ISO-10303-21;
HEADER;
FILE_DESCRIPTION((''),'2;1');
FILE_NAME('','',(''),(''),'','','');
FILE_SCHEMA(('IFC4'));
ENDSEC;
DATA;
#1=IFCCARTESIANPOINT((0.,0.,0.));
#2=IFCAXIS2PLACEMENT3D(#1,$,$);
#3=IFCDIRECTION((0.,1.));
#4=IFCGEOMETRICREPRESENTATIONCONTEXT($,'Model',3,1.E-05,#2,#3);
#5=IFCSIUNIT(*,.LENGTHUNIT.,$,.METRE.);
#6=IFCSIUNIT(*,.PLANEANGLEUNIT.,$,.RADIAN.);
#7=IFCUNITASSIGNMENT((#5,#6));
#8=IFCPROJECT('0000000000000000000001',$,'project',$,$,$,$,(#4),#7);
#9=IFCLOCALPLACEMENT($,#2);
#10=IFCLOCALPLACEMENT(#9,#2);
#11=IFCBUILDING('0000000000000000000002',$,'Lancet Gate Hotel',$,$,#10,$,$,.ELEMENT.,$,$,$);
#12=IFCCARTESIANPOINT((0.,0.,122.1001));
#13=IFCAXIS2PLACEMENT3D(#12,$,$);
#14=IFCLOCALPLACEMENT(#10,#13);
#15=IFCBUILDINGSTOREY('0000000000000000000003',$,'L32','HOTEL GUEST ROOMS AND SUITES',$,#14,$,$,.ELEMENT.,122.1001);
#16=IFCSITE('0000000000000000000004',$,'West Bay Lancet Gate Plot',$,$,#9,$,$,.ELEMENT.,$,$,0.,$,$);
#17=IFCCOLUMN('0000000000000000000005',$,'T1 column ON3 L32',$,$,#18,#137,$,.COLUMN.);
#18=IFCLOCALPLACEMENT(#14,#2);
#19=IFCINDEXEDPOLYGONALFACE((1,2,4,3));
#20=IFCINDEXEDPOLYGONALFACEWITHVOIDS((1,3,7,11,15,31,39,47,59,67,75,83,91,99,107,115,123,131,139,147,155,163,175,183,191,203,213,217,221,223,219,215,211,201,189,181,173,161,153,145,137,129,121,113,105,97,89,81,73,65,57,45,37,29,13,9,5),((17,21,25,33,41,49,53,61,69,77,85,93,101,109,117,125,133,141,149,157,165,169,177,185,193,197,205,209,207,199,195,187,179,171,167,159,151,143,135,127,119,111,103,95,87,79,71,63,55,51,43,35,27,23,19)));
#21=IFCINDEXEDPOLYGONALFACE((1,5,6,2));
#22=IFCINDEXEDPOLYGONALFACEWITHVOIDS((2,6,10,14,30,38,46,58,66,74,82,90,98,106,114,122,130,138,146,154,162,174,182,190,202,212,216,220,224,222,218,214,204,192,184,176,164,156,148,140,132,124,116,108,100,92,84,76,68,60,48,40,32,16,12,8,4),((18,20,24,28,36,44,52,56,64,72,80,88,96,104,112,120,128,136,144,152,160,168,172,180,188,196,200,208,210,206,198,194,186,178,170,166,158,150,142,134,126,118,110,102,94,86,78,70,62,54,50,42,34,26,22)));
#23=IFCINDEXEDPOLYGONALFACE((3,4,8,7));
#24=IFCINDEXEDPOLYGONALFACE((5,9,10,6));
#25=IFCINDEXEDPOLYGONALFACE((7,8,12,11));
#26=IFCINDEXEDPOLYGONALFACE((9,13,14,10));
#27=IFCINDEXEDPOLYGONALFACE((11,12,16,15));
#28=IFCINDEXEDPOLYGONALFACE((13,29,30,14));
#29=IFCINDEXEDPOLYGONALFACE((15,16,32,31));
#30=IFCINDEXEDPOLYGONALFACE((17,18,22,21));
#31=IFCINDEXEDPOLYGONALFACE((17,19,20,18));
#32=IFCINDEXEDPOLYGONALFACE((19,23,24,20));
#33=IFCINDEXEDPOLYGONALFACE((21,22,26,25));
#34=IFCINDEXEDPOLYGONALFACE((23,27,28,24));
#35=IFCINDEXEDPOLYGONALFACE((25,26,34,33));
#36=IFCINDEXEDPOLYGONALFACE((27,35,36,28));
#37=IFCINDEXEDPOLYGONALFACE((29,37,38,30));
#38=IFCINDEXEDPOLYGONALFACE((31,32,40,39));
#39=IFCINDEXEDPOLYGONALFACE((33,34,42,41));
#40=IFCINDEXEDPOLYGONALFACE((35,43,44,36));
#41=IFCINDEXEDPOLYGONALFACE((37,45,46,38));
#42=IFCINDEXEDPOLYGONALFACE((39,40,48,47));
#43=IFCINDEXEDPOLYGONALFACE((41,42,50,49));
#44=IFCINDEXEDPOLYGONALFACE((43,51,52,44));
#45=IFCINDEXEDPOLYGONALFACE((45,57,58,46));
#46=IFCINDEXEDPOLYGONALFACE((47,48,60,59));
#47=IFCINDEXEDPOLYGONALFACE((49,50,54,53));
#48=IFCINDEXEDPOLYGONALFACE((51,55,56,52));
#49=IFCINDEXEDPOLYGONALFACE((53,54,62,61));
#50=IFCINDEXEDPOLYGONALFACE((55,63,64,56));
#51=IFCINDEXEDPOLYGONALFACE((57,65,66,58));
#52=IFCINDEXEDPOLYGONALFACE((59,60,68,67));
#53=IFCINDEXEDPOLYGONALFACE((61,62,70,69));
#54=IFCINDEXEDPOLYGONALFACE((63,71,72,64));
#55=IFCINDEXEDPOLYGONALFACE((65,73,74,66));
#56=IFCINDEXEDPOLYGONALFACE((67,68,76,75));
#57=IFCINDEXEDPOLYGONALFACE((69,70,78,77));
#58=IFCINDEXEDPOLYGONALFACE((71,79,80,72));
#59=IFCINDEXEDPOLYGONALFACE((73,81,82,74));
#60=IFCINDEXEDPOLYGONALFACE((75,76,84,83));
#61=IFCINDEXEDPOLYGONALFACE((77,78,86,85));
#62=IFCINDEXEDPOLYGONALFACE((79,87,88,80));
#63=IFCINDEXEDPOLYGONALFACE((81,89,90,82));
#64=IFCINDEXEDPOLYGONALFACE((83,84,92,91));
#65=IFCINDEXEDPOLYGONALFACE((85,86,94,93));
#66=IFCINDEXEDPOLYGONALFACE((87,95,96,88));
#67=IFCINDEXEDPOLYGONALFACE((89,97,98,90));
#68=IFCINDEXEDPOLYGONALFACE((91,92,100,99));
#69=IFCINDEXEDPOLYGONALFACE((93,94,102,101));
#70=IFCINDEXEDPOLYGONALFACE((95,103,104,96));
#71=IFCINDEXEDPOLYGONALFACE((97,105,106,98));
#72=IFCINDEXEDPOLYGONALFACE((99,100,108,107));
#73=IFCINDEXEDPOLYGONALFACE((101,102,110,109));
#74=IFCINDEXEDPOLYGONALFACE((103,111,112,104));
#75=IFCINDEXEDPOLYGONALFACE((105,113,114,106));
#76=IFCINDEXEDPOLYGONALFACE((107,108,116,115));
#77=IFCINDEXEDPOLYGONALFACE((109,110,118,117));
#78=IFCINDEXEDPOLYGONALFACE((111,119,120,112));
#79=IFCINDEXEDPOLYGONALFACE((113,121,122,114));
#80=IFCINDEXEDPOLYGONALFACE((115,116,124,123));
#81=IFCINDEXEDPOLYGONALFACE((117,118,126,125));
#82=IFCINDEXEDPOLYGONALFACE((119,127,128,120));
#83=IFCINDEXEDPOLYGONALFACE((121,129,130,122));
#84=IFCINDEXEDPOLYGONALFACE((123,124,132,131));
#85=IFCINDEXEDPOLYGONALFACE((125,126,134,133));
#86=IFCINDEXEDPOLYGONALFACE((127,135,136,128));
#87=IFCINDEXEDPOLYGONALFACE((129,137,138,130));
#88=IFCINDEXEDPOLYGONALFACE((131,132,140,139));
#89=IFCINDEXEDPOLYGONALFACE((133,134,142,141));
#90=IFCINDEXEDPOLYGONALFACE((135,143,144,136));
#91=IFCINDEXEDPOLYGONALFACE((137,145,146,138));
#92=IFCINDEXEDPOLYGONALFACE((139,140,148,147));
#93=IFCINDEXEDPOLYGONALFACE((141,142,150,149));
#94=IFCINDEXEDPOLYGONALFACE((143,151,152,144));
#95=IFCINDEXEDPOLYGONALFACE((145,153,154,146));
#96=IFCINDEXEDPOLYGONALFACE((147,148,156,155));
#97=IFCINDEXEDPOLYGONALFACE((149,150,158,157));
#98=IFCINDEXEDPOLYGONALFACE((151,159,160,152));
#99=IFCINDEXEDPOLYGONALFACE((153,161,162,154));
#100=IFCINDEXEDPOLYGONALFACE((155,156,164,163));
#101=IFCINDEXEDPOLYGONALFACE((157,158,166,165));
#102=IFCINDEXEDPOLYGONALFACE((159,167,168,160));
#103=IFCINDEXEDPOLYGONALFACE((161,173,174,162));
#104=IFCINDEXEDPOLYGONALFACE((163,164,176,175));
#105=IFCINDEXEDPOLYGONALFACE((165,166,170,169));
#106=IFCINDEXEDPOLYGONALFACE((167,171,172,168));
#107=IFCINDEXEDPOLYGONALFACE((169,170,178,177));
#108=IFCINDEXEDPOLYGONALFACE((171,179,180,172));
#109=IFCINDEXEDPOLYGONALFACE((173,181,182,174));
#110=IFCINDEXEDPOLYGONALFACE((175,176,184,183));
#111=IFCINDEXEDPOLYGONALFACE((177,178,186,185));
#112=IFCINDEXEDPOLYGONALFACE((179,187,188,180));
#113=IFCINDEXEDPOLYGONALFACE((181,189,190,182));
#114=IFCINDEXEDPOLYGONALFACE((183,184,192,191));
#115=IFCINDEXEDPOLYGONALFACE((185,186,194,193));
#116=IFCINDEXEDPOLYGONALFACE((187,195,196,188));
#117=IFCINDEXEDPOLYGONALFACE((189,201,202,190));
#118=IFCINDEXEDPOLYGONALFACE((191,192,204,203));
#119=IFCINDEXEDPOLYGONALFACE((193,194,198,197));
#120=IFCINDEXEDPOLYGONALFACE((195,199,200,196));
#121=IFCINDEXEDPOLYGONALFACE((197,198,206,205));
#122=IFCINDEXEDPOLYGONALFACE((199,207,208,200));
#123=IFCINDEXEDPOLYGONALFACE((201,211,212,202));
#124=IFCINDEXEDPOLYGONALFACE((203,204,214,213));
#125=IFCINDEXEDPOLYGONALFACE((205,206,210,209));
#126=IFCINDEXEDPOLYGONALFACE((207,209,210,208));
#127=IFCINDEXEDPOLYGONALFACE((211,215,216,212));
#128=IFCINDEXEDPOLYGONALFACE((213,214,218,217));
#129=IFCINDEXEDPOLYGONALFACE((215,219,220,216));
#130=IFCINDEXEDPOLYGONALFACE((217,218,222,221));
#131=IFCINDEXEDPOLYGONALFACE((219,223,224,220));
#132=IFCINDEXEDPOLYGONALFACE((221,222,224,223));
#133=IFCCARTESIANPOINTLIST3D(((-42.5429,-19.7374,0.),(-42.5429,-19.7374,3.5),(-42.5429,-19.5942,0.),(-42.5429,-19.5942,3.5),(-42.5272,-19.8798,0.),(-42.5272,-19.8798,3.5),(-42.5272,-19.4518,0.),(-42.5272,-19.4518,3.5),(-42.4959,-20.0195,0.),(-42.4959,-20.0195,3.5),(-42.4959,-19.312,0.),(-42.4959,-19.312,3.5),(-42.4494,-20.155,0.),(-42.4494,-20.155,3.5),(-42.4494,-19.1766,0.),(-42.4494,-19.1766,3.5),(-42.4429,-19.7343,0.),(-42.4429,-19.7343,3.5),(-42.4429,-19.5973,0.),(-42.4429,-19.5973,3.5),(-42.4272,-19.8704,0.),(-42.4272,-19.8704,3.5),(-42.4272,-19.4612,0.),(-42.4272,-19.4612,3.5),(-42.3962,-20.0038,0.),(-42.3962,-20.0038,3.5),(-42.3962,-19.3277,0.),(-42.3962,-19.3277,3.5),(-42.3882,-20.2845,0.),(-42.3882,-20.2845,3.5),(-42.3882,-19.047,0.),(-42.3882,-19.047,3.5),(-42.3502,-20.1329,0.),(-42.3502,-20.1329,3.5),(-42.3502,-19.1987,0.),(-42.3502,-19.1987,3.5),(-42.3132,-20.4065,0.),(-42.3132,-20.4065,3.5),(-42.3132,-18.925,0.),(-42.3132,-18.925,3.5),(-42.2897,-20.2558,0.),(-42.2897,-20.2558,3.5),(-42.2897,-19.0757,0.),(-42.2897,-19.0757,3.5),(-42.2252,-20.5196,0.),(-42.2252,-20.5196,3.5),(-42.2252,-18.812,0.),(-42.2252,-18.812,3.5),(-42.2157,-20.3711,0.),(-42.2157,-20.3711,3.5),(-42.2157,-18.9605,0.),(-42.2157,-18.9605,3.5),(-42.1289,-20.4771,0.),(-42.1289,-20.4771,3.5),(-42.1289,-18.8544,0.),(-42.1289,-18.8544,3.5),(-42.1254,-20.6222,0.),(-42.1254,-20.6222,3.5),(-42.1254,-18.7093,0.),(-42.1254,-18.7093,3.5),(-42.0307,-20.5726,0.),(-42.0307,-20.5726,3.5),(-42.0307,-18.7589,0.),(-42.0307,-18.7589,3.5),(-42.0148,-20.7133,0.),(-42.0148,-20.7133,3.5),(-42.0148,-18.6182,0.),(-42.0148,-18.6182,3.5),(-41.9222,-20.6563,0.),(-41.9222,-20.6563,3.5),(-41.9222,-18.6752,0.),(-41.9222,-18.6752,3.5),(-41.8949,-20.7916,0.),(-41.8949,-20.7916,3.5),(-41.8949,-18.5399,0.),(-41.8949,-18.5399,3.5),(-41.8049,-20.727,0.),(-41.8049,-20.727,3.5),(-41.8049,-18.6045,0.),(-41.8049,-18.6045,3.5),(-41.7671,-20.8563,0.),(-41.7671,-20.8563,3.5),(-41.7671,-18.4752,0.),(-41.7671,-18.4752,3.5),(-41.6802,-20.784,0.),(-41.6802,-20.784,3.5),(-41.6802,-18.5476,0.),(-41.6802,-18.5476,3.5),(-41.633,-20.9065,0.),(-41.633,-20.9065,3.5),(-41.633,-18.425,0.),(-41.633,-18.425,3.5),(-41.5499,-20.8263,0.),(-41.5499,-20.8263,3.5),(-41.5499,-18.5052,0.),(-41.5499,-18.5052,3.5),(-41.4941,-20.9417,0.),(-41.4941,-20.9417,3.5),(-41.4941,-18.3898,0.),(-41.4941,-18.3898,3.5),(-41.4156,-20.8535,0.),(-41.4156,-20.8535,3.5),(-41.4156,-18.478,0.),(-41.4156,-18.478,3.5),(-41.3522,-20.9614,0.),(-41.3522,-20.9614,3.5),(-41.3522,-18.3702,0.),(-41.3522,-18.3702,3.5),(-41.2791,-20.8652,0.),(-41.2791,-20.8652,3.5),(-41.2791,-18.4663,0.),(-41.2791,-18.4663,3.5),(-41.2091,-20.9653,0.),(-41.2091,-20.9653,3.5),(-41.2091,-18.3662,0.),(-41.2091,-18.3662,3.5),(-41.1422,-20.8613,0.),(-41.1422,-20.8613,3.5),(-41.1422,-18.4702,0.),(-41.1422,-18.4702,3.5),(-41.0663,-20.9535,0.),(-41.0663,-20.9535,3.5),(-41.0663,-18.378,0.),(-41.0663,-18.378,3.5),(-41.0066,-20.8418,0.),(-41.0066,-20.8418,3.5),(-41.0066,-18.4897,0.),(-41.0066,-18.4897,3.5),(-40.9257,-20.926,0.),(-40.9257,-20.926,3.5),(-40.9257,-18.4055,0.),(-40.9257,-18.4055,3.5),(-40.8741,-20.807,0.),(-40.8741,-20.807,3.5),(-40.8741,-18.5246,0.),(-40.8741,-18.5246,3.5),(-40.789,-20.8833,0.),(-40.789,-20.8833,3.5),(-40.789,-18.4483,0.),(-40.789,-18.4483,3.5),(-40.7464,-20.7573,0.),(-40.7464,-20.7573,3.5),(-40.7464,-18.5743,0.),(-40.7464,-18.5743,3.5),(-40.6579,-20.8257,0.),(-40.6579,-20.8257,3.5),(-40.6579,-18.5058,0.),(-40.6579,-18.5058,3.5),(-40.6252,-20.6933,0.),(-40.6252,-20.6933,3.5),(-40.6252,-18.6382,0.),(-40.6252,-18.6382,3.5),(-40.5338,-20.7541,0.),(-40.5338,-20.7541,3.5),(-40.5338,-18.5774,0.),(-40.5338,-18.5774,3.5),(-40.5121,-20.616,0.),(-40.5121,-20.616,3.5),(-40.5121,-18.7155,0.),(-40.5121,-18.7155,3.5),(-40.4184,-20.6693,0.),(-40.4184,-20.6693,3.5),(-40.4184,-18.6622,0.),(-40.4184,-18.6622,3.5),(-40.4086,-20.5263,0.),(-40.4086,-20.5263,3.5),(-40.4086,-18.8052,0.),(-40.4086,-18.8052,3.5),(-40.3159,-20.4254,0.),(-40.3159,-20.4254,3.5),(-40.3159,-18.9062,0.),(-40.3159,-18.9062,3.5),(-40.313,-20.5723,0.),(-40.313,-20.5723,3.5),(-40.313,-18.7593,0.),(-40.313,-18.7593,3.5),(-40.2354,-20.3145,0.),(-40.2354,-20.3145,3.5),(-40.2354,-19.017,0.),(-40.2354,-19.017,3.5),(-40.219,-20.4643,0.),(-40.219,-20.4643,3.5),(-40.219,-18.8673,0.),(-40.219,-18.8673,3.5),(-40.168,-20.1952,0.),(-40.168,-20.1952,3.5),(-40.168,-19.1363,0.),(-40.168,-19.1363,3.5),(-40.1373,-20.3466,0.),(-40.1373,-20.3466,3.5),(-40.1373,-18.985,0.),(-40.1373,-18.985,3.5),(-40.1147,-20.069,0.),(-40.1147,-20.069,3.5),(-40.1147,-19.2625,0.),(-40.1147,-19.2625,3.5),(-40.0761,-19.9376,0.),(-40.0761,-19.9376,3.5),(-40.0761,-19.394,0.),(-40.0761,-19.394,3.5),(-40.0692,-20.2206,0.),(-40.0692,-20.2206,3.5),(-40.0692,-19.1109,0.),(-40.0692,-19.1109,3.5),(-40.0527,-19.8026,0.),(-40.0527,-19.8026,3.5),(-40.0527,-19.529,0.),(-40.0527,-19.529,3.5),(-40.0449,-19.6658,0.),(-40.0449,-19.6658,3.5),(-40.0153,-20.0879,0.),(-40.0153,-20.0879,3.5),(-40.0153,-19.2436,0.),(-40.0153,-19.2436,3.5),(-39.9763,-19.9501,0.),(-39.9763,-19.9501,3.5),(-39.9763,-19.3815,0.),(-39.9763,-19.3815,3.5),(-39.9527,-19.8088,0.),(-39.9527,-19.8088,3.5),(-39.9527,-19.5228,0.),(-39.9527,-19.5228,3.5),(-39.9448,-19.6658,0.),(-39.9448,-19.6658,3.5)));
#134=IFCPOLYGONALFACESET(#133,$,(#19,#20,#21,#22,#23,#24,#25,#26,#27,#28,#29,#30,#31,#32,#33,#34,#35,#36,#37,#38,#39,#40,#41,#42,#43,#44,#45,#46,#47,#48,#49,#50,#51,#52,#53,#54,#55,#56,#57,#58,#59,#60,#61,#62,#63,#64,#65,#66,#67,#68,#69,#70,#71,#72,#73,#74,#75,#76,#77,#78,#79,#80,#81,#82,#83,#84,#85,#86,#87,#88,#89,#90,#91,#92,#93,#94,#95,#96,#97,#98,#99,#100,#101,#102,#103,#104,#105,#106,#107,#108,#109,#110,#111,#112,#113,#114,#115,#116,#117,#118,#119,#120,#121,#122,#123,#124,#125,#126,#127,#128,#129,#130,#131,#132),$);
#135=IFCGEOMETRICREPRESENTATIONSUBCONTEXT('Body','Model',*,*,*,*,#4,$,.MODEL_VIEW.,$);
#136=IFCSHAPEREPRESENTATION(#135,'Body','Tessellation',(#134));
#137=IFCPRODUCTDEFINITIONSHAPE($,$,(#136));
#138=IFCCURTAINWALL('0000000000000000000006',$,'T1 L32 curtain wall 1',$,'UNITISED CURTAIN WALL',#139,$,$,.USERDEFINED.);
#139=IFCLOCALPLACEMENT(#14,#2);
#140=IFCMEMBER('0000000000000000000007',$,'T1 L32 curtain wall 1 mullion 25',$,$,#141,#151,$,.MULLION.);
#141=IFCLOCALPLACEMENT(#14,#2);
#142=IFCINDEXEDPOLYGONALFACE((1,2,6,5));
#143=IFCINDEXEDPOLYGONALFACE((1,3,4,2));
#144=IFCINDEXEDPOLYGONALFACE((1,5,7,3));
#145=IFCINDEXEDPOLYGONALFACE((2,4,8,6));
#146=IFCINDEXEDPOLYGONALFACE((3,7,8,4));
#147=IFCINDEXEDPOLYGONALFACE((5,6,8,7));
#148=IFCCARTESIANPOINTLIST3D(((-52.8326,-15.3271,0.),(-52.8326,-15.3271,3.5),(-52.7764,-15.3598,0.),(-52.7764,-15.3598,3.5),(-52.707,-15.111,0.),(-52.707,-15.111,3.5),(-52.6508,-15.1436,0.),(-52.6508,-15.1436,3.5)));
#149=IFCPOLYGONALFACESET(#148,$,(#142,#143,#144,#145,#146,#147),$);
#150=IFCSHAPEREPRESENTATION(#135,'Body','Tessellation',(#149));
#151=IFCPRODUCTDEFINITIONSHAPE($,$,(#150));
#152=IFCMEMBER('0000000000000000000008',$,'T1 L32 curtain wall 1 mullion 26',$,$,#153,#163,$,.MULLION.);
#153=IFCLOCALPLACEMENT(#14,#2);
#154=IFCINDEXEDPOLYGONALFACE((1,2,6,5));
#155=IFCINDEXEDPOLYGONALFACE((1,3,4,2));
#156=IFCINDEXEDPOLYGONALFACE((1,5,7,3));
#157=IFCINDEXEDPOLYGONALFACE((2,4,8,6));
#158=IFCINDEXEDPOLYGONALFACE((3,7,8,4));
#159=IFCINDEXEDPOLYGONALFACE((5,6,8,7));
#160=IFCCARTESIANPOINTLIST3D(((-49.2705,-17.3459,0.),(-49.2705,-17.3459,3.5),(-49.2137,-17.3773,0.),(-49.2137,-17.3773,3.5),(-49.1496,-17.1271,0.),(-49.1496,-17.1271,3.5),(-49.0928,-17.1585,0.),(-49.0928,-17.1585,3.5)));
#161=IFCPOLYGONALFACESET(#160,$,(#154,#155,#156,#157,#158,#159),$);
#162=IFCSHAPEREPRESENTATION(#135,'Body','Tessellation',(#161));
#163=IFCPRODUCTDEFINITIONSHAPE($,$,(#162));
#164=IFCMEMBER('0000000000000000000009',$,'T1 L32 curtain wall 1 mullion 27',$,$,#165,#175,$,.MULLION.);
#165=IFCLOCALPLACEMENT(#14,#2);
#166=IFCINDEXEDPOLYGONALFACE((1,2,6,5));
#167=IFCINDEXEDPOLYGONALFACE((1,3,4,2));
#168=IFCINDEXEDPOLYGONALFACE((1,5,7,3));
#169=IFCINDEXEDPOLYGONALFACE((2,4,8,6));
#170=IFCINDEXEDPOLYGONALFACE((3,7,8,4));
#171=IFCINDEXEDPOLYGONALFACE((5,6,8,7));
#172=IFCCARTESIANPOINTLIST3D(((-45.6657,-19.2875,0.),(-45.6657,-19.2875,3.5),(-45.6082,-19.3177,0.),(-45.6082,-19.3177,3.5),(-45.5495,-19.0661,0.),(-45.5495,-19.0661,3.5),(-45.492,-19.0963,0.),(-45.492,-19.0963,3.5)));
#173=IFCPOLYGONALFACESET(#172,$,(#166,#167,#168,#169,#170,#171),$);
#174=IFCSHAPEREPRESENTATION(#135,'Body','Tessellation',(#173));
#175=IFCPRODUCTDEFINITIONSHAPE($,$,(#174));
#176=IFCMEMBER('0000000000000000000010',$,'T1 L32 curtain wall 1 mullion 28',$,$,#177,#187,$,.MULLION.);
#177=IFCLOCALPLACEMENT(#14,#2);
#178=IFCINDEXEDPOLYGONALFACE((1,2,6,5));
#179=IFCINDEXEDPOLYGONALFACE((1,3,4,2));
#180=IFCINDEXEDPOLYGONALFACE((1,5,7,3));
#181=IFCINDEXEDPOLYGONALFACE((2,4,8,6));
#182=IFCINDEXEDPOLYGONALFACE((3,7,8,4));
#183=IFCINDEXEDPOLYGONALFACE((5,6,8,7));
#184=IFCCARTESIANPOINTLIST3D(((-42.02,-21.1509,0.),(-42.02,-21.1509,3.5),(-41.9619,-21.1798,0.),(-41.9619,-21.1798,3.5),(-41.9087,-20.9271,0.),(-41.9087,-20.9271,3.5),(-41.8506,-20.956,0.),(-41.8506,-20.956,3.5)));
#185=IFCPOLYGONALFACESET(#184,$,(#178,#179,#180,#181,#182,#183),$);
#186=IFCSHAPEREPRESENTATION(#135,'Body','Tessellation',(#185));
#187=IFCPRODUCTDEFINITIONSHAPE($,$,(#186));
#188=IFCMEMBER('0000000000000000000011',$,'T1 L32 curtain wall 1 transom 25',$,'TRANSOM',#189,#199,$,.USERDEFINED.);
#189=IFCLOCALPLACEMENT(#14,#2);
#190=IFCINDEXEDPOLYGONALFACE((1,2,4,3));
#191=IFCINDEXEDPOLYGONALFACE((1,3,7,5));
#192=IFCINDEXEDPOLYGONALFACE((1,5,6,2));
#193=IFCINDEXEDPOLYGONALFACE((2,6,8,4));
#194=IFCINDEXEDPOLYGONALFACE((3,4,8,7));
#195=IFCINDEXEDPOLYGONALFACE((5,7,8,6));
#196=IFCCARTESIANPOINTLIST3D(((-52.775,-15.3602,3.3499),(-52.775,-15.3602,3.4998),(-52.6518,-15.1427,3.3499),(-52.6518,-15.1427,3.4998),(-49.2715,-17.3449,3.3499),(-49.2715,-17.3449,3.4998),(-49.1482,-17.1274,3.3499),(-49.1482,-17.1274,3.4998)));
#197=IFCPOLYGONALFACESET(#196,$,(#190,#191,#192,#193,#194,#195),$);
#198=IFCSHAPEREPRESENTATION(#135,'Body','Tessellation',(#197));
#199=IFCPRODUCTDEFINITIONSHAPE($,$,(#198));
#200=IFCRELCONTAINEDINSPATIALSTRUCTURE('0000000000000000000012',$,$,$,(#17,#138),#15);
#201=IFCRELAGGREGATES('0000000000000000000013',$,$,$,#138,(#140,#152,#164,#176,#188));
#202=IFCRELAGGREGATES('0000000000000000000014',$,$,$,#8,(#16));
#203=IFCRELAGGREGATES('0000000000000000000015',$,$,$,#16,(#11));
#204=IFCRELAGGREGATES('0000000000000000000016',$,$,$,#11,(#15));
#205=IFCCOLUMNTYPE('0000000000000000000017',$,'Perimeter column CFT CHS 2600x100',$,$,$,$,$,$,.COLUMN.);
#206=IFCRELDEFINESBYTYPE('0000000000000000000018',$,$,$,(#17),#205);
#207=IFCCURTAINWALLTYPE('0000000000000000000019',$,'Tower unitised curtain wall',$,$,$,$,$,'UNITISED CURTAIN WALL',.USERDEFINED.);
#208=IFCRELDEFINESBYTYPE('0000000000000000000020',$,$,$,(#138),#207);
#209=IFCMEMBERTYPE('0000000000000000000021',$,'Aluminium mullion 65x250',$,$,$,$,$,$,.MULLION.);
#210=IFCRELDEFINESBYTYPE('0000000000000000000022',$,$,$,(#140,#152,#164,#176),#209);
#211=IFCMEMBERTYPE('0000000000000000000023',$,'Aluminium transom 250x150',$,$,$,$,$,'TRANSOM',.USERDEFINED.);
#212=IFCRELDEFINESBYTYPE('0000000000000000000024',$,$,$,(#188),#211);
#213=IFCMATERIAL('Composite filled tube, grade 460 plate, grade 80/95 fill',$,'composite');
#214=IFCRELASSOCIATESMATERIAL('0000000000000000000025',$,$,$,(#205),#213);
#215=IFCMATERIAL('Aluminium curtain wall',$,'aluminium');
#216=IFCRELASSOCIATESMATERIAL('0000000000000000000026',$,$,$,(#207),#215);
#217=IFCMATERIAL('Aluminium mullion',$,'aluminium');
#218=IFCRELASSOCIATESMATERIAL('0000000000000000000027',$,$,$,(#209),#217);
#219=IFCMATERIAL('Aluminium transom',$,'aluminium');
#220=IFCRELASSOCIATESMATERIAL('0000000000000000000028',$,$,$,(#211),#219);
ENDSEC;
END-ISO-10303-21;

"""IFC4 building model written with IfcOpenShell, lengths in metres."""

from ifc_helpers import new_model, si_unit, direction, frame, origin, origin_2d, place, context, subcontext, project, spatial, rectangle, hollow_circle, extrude, material, material_profile, profile_set, type_object, element, aggregate, save


model = new_model("IFC4")

# Units and contexts
model_context = context("Model", 3, precision=1e-05, world=origin(), true_north=direction((0.0, 1.0)))
body_context = subcontext(model_context, "Body", "Model", "MODEL_VIEW")
ifc_project = project(units=[si_unit("LENGTHUNIT", "METRE"), si_unit("PLANEANGLEUNIT", "RADIAN")], contexts=[model_context])

# Site, building, storey
site_placement = place(None, origin())
site = spatial("IfcSite", under=ifc_project, at=site_placement, Name="West Bay Lancet Gate Plot", CompositionType="ELEMENT", RefElevation=0.0)
building_placement = place(site_placement, origin())
building = spatial("IfcBuilding", under=site, at=building_placement, Name="Lancet Gate Hotel", CompositionType="ELEMENT")
storey_placement = place(building_placement, frame((0.0, 0.0, 122.1001)))
storey = spatial("IfcBuildingStorey", under=building, at=storey_placement, Name="L32", Description="HOTEL GUEST ROOMS AND SUITES", CompositionType="ELEMENT", Elevation=122.1001)

# Column
ifc_material_1 = material(Name="Composite filled tube, grade 460 plate, grade 80/95 fill", Category="composite")
ifc_material_profile_1 = material_profile(ifc_material_1, hollow_circle(Radius=1.3, WallThickness=0.1001, at=origin_2d()), Name="CHS 2600x100")
ifc_profile_set_1 = profile_set([ifc_material_profile_1], Name="Composite filled tube, grade 460 plate, grade 80/95 fill")
column_type = type_object("IfcColumnType", Name="Perimeter column CFT CHS 2600x100", PredefinedType="COLUMN", material=ifc_profile_set_1)
for number, where, z_axis, x_axis, name in (
    (1, (-41.2449, -19.6658, 0.0), (0.0, 0.0, 1.0), (1.0, 0.0, 0.0), "T1 column ON3 L32"),
):
    element("IfcColumn", number, at=place(storey_placement, frame(where, z_axis=z_axis, x_axis=x_axis)), inside=storey, type_object=column_type, Name=name, PredefinedType="COLUMN", context=body_context, shape_type="SweptSolid", body=[
        extrude(hollow_circle(Radius=1.3, WallThickness=0.1001, at=origin_2d()), origin(), (0.0, 0.0, 1.0), 3.5),
    ])

# Curtain wall, members
ifc_material_2 = material(Name="Aluminium curtain wall", Category="aluminium")
curtain_wall_type = type_object("IfcCurtainWallType", Name="Tower unitised curtain wall", ElementType="UNITISED CURTAIN WALL", PredefinedType="USERDEFINED", material=ifc_material_2)
curtain_wall_placement = place(storey_placement, origin())
curtain_wall = element("IfcCurtainWall", 2, at=curtain_wall_placement, inside=storey, type_object=curtain_wall_type, Name="T1 L32 curtain wall 1", ObjectType="UNITISED CURTAIN WALL", PredefinedType="USERDEFINED")
ifc_material_3 = material(Name="Aluminium mullion", Category="aluminium")
ifc_material_profile_2 = material_profile(ifc_material_3, rectangle(XDim=0.0649, YDim=0.25, at=origin_2d()), Name="MULLION 65x250")
ifc_profile_set_2 = profile_set([ifc_material_profile_2], Name="Aluminium mullion")
member_type_1 = type_object("IfcMemberType", Name="Aluminium mullion 65x250", PredefinedType="MULLION", material=ifc_profile_set_2)
member_1_placement = place(storey_placement, frame((-52.7417, -15.2354, 0.0), z_axis=(0.0, 0.0, 1.0), x_axis=(0.864728, -0.502241, 0.0)))
member_1 = element("IfcMember", 3, at=member_1_placement, type_object=member_type_1, Name="T1 L32 curtain wall 1 mullion 25", PredefinedType="MULLION", context=body_context, shape_type="SweptSolid", body=[
    extrude(rectangle(XDim=0.0649, YDim=0.25, at=origin_2d()), origin(), (0.0, 0.0, 1.0), 3.5),
])
member_2_placement = place(storey_placement, frame((-49.1816, -17.2522, 0.0), z_axis=(0.0, 0.0, 1.0), x_axis=(0.875339, -0.48351, 0.0)))
member_2 = element("IfcMember", 4, at=member_2_placement, type_object=member_type_1, Name="T1 L32 curtain wall 1 mullion 26", PredefinedType="MULLION", context=body_context, shape_type="SweptSolid", body=[
    extrude(rectangle(XDim=0.0649, YDim=0.25, at=origin_2d()), origin(), (0.0, 0.0, 1.0), 3.5),
])
member_3_placement = place(storey_placement, frame((-45.5789, -19.1919, 0.0), z_axis=(0.0, 0.0, 1.0), x_axis=(0.885544, -0.464555, 0.0)))
member_3 = element("IfcMember", 5, at=member_3_placement, type_object=member_type_1, Name="T1 L32 curtain wall 1 mullion 27", PredefinedType="MULLION", context=body_context, shape_type="SweptSolid", body=[
    extrude(rectangle(XDim=0.0649, YDim=0.25, at=origin_2d()), origin(), (0.0, 0.0, 1.0), 3.5),
])
member_4_placement = place(storey_placement, frame((-41.9353, -21.0535, 0.0), z_axis=(0.0, 0.0, 1.0), x_axis=(0.895339, -0.445384, 0.0)))
member_4 = element("IfcMember", 6, at=member_4_placement, type_object=member_type_1, Name="T1 L32 curtain wall 1 mullion 28", PredefinedType="MULLION", context=body_context, shape_type="SweptSolid", body=[
    extrude(rectangle(XDim=0.0649, YDim=0.25, at=origin_2d()), origin(), (0.0, 0.0, 1.0), 3.5),
])
ifc_material_4 = material(Name="Aluminium transom", Category="aluminium")
ifc_material_profile_3 = material_profile(ifc_material_4, rectangle(XDim=0.25, YDim=0.1499, at=origin_2d()), Name="TRANSOM 250x150")
ifc_profile_set_3 = profile_set([ifc_material_profile_3], Name="Aluminium transom")
member_type_2 = type_object("IfcMemberType", Name="Aluminium transom 250x150", ElementType="TRANSOM", PredefinedType="USERDEFINED", material=ifc_profile_set_3)
member_5_placement = place(storey_placement, frame((-52.7134, -15.2515, 3.4248), z_axis=(0.870092, -0.49289, 0.0), x_axis=(0.49289, 0.870092, 0.0)))
member_5 = element("IfcMember", 7, at=member_5_placement, type_object=member_type_2, Name="T1 L32 curtain wall 1 transom 25", ObjectType="TRANSOM", PredefinedType="USERDEFINED", context=body_context, shape_type="SweptSolid", body=[
    extrude(rectangle(XDim=0.25, YDim=0.1499, at=origin_2d()), origin(), (0.0, 0.0, 1.0), 4.0266),
])

aggregate(curtain_wall, [member_1, member_2, member_3, member_4, member_5])

save(model, "model.ifc")
